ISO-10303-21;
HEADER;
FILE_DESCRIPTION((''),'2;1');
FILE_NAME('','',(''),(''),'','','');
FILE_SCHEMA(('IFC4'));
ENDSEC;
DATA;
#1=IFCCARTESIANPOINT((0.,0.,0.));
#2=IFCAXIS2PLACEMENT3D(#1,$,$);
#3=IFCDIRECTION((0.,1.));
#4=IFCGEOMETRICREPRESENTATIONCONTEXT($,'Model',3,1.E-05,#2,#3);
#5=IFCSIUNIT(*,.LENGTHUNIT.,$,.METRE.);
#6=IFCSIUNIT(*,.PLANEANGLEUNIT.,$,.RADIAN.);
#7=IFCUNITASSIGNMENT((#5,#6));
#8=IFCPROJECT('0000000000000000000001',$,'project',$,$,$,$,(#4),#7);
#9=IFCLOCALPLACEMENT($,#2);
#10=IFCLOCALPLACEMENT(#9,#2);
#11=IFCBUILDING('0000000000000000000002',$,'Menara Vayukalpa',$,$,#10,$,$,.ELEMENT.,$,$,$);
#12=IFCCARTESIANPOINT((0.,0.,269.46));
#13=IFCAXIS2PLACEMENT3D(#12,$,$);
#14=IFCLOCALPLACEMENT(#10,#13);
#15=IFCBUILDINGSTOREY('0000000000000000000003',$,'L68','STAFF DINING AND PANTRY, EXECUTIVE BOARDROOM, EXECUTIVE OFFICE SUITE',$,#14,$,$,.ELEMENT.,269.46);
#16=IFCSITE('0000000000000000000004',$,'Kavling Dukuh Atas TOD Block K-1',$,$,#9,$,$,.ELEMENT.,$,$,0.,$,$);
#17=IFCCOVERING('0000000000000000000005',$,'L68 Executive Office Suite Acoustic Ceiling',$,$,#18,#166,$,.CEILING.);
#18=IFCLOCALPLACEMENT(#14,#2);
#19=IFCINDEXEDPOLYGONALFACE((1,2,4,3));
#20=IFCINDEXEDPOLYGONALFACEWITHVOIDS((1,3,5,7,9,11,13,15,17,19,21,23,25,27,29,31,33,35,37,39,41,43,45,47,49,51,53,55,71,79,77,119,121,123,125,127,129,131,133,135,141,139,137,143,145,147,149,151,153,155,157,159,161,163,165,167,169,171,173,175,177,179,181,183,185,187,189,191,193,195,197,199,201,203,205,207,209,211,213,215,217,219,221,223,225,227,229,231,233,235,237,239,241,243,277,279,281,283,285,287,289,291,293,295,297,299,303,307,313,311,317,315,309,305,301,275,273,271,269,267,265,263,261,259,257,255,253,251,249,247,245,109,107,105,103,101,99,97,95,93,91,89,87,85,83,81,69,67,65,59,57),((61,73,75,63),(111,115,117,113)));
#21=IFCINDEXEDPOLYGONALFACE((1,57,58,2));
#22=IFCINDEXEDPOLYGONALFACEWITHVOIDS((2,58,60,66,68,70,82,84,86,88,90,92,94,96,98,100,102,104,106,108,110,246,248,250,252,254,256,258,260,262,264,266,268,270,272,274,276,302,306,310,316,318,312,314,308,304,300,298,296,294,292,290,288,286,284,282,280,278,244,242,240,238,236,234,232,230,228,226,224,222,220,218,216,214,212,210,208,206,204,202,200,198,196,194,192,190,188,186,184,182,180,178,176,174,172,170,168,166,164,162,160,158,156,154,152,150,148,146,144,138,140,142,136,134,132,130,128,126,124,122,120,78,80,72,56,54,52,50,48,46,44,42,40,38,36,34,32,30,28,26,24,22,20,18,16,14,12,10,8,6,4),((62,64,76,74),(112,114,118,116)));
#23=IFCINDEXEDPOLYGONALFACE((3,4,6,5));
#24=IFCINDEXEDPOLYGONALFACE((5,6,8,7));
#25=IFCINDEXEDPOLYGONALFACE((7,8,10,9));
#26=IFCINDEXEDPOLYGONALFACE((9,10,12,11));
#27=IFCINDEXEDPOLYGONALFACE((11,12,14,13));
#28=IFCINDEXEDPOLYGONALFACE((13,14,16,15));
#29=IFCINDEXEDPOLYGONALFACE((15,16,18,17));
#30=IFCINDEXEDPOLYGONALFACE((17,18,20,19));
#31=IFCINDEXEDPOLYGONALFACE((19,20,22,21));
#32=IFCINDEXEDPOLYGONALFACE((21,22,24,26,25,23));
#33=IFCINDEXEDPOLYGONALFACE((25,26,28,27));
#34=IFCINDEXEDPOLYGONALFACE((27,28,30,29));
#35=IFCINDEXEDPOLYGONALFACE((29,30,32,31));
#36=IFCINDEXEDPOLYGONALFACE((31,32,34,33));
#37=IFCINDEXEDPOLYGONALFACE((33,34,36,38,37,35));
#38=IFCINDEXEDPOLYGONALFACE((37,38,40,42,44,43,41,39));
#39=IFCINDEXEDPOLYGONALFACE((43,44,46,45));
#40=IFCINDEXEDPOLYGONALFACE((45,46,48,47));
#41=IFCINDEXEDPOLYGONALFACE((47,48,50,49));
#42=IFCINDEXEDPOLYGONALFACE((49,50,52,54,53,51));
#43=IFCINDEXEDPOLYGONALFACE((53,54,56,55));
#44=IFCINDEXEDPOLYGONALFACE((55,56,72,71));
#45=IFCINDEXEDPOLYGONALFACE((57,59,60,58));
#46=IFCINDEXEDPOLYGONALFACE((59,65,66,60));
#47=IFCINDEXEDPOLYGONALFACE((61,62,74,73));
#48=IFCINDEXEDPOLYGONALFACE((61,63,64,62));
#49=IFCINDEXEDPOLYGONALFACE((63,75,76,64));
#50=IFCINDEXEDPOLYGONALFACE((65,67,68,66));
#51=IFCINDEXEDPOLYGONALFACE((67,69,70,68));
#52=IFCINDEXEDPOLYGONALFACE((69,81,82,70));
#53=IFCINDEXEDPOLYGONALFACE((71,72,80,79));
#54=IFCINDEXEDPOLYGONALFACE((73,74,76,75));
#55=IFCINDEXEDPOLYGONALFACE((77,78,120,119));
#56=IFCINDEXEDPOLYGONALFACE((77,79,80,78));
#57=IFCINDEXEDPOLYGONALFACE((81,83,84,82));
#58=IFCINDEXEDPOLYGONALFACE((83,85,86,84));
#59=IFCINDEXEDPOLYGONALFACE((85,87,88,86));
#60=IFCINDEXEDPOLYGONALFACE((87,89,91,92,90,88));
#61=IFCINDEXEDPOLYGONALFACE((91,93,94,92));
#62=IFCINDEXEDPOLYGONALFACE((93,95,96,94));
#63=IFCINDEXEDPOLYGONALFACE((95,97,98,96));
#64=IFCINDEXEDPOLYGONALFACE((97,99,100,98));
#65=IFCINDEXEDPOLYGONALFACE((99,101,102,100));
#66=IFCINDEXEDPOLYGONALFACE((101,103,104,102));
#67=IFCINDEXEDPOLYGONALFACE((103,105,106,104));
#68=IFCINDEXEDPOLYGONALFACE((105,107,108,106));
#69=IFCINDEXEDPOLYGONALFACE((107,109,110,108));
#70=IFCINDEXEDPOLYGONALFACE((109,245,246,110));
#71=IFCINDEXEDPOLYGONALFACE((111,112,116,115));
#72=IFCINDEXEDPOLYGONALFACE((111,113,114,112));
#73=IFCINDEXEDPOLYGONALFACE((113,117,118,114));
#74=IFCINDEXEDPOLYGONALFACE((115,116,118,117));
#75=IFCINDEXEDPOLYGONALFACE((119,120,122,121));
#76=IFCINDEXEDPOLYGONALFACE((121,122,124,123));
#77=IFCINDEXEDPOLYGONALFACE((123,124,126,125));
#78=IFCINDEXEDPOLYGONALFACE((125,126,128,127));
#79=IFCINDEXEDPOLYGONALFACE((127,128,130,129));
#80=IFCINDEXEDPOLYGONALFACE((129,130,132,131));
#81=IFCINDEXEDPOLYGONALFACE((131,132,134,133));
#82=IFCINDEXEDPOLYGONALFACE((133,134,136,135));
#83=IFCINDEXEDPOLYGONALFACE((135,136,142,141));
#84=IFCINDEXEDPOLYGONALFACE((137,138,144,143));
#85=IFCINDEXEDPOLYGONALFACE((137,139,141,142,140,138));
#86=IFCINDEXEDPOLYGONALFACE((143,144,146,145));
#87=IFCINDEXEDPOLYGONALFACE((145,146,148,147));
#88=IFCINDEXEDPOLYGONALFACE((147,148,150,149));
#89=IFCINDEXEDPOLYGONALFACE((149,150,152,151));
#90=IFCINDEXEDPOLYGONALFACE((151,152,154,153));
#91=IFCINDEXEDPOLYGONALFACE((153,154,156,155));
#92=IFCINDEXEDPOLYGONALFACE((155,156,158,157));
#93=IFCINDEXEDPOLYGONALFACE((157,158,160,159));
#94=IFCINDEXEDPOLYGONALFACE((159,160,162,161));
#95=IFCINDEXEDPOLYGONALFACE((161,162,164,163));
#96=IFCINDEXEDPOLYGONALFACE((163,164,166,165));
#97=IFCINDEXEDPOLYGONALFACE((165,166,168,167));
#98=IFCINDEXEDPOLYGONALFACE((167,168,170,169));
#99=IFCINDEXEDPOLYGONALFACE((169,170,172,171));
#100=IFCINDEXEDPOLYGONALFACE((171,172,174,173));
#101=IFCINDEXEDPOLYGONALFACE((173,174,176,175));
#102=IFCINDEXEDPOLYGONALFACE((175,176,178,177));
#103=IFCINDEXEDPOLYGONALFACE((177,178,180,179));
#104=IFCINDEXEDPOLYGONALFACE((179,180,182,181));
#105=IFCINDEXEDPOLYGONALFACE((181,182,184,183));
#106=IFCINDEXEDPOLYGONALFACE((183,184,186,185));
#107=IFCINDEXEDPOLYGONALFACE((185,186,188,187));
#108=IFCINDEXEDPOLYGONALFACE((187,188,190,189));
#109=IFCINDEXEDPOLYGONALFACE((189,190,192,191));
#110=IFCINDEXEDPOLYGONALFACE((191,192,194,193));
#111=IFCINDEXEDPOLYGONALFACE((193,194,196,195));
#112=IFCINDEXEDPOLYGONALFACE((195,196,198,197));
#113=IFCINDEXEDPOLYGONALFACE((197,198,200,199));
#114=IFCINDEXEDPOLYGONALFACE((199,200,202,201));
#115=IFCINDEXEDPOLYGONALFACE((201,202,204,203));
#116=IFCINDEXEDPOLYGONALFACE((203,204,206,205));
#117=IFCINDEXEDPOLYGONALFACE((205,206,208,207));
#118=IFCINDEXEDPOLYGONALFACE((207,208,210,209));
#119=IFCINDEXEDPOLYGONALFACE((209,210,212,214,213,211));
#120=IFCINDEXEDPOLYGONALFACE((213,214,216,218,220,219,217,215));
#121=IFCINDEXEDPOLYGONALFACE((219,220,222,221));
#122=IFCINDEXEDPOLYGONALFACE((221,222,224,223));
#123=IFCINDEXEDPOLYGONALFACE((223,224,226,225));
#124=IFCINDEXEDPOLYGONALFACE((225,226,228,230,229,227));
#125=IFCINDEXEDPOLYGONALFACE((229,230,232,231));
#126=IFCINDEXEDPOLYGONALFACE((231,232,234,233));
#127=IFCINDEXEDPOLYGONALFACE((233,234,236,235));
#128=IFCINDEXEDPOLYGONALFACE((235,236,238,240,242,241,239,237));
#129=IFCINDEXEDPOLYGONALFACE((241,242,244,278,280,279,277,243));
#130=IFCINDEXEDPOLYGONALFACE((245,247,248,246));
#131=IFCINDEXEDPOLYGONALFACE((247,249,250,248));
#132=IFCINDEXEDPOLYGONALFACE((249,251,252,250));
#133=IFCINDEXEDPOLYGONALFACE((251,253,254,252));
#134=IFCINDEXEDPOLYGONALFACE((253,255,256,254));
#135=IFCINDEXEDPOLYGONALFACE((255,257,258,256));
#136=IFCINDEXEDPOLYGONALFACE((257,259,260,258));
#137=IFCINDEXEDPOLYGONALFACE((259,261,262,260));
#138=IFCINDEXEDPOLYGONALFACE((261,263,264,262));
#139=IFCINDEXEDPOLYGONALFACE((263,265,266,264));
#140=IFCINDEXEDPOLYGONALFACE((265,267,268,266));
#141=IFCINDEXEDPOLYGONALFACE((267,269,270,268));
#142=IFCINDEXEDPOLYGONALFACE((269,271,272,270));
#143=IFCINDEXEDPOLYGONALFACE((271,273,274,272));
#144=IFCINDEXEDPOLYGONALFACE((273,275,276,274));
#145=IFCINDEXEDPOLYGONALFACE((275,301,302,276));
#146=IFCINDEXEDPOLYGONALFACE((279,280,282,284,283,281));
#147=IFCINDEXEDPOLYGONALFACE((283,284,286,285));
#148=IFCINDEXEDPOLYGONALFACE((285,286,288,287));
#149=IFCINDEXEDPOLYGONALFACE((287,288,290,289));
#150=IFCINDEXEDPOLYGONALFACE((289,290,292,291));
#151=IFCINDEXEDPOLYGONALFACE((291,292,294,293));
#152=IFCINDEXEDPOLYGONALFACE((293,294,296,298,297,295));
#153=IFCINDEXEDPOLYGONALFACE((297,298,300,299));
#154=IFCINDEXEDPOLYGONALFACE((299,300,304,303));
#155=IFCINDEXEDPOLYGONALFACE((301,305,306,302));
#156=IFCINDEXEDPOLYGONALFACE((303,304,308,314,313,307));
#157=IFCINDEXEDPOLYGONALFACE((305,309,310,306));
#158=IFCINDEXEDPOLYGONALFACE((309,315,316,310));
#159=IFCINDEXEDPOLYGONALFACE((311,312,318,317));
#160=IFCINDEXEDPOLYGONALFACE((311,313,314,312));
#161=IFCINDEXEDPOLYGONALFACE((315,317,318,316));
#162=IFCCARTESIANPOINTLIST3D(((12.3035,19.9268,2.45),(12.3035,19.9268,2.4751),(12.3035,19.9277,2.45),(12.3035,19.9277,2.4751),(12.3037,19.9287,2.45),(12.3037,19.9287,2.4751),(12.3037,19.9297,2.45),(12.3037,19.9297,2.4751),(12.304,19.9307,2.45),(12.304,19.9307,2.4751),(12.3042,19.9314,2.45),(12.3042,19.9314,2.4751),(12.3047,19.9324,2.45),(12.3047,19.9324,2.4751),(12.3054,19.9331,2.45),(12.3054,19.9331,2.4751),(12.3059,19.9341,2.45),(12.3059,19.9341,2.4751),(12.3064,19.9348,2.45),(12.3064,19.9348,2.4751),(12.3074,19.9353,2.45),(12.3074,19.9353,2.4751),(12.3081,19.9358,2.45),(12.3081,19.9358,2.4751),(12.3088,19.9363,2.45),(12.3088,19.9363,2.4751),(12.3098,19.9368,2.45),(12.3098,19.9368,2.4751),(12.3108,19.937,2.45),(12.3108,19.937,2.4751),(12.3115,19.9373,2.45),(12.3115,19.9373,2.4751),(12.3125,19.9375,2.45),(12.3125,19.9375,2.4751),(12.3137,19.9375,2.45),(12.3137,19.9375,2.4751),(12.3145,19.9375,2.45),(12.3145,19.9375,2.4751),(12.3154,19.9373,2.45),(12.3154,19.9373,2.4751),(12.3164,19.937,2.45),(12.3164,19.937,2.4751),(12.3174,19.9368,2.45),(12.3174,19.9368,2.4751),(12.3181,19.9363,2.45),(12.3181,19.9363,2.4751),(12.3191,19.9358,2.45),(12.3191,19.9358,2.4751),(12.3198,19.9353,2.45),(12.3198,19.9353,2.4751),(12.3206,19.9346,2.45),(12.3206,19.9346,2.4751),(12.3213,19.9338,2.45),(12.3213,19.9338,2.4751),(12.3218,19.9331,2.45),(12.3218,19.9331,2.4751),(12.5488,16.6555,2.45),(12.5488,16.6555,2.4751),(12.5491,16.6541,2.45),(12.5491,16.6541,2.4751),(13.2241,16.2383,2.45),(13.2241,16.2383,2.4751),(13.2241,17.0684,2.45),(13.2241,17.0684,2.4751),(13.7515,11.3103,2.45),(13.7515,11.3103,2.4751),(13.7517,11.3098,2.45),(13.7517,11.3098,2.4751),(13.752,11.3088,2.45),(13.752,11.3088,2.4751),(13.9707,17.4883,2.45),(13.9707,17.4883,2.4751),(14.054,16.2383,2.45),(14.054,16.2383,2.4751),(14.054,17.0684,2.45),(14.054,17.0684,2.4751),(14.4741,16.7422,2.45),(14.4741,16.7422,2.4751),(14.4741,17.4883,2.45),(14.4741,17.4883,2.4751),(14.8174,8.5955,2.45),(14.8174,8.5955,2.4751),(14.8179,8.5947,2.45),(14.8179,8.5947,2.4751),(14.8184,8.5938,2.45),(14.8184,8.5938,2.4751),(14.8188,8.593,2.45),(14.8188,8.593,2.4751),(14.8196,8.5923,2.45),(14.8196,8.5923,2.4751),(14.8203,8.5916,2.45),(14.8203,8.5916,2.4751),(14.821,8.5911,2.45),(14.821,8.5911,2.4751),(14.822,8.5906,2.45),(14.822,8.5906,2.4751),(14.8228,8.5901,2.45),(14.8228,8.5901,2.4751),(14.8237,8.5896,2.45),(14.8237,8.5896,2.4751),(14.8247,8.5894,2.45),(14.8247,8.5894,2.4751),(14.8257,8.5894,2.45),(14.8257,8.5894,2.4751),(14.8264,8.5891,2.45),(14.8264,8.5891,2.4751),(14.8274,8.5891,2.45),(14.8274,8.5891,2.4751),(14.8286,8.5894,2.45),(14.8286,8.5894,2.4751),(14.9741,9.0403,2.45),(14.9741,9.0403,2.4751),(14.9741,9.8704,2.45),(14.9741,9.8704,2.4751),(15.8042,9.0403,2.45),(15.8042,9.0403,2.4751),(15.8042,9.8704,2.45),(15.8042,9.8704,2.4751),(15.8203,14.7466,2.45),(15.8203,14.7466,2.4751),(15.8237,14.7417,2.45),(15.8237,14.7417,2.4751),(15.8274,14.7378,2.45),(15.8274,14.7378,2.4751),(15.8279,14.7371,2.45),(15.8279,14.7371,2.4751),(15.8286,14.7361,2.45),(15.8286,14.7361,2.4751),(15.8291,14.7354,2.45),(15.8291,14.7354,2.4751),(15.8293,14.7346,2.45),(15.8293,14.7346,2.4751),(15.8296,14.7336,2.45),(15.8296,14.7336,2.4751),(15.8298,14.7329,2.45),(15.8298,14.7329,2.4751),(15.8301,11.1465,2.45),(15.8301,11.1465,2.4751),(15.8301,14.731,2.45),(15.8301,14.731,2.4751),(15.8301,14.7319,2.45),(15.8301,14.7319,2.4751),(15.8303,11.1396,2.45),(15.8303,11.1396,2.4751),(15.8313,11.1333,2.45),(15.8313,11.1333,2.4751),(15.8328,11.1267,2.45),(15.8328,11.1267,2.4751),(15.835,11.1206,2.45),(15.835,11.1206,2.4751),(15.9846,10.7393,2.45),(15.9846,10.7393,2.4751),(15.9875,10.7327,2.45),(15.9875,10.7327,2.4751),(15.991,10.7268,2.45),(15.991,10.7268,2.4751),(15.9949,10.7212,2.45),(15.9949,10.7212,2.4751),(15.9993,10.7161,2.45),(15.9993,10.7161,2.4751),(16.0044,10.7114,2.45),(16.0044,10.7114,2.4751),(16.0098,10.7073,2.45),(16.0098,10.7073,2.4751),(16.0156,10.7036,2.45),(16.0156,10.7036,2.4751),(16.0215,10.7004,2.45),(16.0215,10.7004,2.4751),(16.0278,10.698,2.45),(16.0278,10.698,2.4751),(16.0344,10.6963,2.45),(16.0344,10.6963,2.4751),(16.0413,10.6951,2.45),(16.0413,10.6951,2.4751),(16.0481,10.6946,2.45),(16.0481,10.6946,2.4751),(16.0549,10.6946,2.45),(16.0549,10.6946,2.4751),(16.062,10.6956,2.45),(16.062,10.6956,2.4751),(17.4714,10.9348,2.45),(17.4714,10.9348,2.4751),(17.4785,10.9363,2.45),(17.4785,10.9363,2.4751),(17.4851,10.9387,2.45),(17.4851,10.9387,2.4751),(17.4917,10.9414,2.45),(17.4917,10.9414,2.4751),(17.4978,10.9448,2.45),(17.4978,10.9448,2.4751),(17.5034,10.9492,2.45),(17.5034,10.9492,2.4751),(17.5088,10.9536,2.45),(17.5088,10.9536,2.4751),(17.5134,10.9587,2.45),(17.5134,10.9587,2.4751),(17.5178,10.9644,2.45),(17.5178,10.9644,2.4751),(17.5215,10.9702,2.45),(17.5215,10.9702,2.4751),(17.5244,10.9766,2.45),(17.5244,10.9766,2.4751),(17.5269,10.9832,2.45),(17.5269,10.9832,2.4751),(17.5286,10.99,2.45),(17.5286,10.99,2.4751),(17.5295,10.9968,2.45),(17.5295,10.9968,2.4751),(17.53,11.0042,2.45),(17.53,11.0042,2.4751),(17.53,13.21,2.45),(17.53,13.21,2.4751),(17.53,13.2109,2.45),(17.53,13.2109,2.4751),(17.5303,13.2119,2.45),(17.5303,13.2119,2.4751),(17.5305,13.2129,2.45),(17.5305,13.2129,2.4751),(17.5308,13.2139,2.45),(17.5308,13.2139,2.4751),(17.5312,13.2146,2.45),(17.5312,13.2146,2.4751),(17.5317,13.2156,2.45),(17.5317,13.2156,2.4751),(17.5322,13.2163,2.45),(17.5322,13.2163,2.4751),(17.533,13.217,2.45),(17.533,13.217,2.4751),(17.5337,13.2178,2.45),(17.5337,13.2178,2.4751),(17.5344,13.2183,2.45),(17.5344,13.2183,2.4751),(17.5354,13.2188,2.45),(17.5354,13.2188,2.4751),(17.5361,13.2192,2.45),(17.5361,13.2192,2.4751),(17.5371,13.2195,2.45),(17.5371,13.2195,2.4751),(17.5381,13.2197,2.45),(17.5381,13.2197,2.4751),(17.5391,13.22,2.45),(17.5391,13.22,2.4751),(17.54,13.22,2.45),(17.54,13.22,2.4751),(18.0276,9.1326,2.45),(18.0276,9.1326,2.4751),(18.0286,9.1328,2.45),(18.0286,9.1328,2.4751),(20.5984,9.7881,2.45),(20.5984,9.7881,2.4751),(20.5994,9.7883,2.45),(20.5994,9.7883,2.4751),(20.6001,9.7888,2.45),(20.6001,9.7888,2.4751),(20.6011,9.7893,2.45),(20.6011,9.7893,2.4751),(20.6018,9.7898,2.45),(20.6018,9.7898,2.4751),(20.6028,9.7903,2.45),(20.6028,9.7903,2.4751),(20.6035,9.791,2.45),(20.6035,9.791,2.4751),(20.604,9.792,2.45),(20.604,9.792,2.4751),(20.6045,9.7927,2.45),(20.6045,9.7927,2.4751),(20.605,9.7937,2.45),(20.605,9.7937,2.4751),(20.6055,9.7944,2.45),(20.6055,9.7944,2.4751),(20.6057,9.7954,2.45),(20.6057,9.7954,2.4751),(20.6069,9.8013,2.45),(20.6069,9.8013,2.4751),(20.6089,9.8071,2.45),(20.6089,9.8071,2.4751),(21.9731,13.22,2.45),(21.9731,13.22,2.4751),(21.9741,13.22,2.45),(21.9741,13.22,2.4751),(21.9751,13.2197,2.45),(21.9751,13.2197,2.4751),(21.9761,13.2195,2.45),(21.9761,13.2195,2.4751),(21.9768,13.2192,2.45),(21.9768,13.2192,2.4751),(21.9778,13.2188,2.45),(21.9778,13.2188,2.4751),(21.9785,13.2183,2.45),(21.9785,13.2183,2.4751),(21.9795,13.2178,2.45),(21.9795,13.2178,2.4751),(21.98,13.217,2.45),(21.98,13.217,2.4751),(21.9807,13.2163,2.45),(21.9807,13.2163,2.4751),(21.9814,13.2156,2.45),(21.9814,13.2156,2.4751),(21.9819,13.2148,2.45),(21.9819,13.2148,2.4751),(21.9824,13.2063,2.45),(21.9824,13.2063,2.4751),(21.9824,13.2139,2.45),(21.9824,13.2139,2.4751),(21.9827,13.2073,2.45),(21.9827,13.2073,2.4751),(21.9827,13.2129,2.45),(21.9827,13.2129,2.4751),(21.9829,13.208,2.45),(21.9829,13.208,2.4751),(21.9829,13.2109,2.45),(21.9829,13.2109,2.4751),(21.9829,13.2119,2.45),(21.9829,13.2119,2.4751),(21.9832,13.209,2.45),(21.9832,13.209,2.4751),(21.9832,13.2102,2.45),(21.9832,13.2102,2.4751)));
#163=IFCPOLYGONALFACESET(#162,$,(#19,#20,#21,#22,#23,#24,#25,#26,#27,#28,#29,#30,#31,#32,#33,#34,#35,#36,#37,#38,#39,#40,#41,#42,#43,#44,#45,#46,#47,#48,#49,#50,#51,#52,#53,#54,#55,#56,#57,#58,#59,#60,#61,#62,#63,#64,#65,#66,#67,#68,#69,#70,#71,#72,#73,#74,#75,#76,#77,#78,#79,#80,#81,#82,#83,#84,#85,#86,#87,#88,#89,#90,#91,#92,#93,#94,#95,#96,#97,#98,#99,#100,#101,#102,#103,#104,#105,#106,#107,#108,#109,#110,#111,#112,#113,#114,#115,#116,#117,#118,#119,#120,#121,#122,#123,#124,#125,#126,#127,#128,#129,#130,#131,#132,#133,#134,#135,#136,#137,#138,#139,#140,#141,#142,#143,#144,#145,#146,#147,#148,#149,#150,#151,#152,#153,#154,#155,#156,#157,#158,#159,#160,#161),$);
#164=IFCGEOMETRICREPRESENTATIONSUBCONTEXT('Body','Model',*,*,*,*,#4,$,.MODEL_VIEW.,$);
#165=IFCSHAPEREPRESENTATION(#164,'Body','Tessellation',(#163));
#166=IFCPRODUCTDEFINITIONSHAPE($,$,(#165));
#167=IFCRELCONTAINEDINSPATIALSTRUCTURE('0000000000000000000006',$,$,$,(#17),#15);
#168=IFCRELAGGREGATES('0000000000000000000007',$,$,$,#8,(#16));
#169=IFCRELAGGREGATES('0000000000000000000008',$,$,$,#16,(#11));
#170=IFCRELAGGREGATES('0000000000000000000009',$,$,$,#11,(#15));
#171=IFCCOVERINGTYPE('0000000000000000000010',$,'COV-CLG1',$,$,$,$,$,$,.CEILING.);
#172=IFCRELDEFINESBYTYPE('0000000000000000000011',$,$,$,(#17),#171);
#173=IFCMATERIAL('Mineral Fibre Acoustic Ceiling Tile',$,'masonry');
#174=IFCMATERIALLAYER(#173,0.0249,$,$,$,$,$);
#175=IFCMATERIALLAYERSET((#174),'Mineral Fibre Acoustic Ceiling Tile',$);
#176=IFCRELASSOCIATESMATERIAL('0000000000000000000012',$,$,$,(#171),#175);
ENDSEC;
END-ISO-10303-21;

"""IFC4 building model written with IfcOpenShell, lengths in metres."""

from ifc_helpers import new_model, si_unit, direction, frame, origin, place, context, subcontext, project, spatial, polyline, outline, extrude, material, layer, layer_set, type_object, element, save


model = new_model("IFC4")

# Units and contexts
model_context = context("Model", 3, precision=1e-05, world=origin(), true_north=direction((0.0, 1.0)))
body_context = subcontext(model_context, "Body", "Model", "MODEL_VIEW")
ifc_project = project(units=[si_unit("LENGTHUNIT", "METRE"), si_unit("PLANEANGLEUNIT", "RADIAN")], contexts=[model_context])

# Site, building, storey
site_placement = place(None, origin())
site = spatial("IfcSite", under=ifc_project, at=site_placement, Name="Kavling Dukuh Atas TOD Block K-1", CompositionType="ELEMENT", RefElevation=0.0)
building_placement = place(site_placement, origin())
building = spatial("IfcBuilding", under=site, at=building_placement, Name="Menara Vayukalpa", CompositionType="ELEMENT")
storey_placement = place(building_placement, frame((0.0, 0.0, 269.46)))
storey = spatial("IfcBuildingStorey", under=building, at=storey_placement, Name="L68", Description="STAFF DINING AND PANTRY, EXECUTIVE BOARDROOM, EXECUTIVE OFFICE SUITE", CompositionType="ELEMENT", Elevation=269.46)

# Covering
ifc_material_1 = material(Name="Mineral Fibre Acoustic Ceiling Tile", Category="masonry")
ifc_layer_1 = layer(ifc_material_1, 0.0249)
ifc_layer_set_1 = layer_set([ifc_layer_1], Name="Mineral Fibre Acoustic Ceiling Tile")
covering_type_1 = type_object("IfcCoveringType", Name="COV-CLG1", PredefinedType="CEILING", material=ifc_layer_set_1)
covering_1_placement = place(storey_placement, frame((0.0, 0.0, 2.45)))
element("IfcCovering", 1, at=covering_1_placement, inside=storey, type_object=covering_type_1, Name="L68 Executive Office Suite Acoustic Ceiling", PredefinedType="CEILING", context=body_context, shape_type="SweptSolid", body=[
    extrude(outline(polyline([(14.8274, 8.5891), (14.8264, 8.5891), (14.8257, 8.5894), (14.8247, 8.5894), (14.8237, 8.5896), (14.8228, 8.5901), (14.822, 8.5906), (14.821, 8.5911), (14.8203, 8.5916), (14.8196, 8.5923), (14.8188, 8.593), (14.8184, 8.5938), (14.8179, 8.5947), (14.8174, 8.5955), (13.752, 11.3088), (13.7517, 11.3098), (13.7515, 11.3103), (12.5491, 16.6541), (12.5488, 16.6555), (12.3035, 19.9268), (12.3035, 19.9277), (12.3037, 19.9287), (12.3037, 19.9297), (12.304, 19.9307), (12.3042, 19.9314), (12.3047, 19.9324), (12.3054, 19.9331), (12.3059, 19.9341), (12.3064, 19.9348), (12.3074, 19.9353), (12.3081, 19.9358), (12.3088, 19.9363), (12.3098, 19.9368), (12.3108, 19.937), (12.3115, 19.9373), (12.3125, 19.9375), (12.3137, 19.9375), (12.3145, 19.9375), (12.3154, 19.9373), (12.3164, 19.937), (12.3174, 19.9368), (12.3181, 19.9363), (12.3191, 19.9358), (12.3198, 19.9353), (12.3206, 19.9346), (12.3213, 19.9338), (12.3218, 19.9331), (13.9707, 17.4883), (14.4741, 17.4883), (14.4741, 16.7422), (15.8203, 14.7466), (15.8237, 14.7417), (15.8274, 14.7378), (15.8279, 14.7371), (15.8286, 14.7361), (15.8291, 14.7354), (15.8293, 14.7346), (15.8296, 14.7336), (15.8298, 14.7329), (15.8301, 14.7319), (15.8301, 14.731), (15.8301, 11.1465), (15.8303, 11.1396), (15.8313, 11.1333), (15.8328, 11.1267), (15.835, 11.1206), (15.9846, 10.7393), (15.9875, 10.7327), (15.991, 10.7268), (15.9949, 10.7212), (15.9993, 10.7161), (16.0044, 10.7114), (16.0098, 10.7073), (16.0156, 10.7036), (16.0215, 10.7004), (16.0278, 10.698), (16.0344, 10.6963), (16.0413, 10.6951), (16.0481, 10.6946), (16.0549, 10.6946), (16.062, 10.6956), (17.4714, 10.9348), (17.4785, 10.9363), (17.4851, 10.9387), (17.4917, 10.9414), (17.4978, 10.9448), (17.5034, 10.9492), (17.5088, 10.9536), (17.5134, 10.9587), (17.5178, 10.9644), (17.5215, 10.9702), (17.5244, 10.9766), (17.5269, 10.9832), (17.5286, 10.99), (17.5295, 10.9968), (17.53, 11.0042), (17.53, 13.21), (17.53, 13.2109), (17.5303, 13.2119), (17.5305, 13.2129), (17.5308, 13.2139), (17.5312, 13.2146), (17.5317, 13.2156), (17.5322, 13.2163), (17.533, 13.217), (17.5337, 13.2178), (17.5344, 13.2183), (17.5354, 13.2188), (17.5361, 13.2192), (17.5371, 13.2195), (17.5381, 13.2197), (17.5391, 13.22), (17.54, 13.22), (21.9731, 13.22), (21.9741, 13.22), (21.9751, 13.2197), (21.9761, 13.2195), (21.9768, 13.2192), (21.9778, 13.2188), (21.9785, 13.2183), (21.9795, 13.2178), (21.98, 13.217), (21.9807, 13.2163), (21.9814, 13.2156), (21.9819, 13.2148), (21.9824, 13.2139), (21.9827, 13.2129), (21.9829, 13.2119), (21.9829, 13.2109), (21.9832, 13.2102), (21.9832, 13.209), (21.9829, 13.208), (21.9827, 13.2073), (21.9824, 13.2063), (20.6089, 9.8071), (20.6069, 9.8013), (20.6057, 9.7954), (20.6055, 9.7944), (20.605, 9.7937), (20.6045, 9.7927), (20.604, 9.792), (20.6035, 9.791), (20.6028, 9.7903), (20.6018, 9.7898), (20.6011, 9.7893), (20.6001, 9.7888), (20.5994, 9.7883), (20.5984, 9.7881), (18.0286, 9.1328), (18.0276, 9.1326), (14.8286, 8.5894), (14.8274, 8.5891)]), holes=[polyline([(14.9741, 9.8704), (14.9741, 9.0403), (15.8042, 9.0403), (15.8042, 9.8704), (14.9741, 9.8704)]), polyline([(14.054, 17.0684), (13.2241, 17.0684), (13.2241, 16.2383), (14.054, 16.2383), (14.054, 17.0684)])]), origin(), (0.0, 0.0, 1.0), 0.0251),
])

save(model, "model.ifc")
